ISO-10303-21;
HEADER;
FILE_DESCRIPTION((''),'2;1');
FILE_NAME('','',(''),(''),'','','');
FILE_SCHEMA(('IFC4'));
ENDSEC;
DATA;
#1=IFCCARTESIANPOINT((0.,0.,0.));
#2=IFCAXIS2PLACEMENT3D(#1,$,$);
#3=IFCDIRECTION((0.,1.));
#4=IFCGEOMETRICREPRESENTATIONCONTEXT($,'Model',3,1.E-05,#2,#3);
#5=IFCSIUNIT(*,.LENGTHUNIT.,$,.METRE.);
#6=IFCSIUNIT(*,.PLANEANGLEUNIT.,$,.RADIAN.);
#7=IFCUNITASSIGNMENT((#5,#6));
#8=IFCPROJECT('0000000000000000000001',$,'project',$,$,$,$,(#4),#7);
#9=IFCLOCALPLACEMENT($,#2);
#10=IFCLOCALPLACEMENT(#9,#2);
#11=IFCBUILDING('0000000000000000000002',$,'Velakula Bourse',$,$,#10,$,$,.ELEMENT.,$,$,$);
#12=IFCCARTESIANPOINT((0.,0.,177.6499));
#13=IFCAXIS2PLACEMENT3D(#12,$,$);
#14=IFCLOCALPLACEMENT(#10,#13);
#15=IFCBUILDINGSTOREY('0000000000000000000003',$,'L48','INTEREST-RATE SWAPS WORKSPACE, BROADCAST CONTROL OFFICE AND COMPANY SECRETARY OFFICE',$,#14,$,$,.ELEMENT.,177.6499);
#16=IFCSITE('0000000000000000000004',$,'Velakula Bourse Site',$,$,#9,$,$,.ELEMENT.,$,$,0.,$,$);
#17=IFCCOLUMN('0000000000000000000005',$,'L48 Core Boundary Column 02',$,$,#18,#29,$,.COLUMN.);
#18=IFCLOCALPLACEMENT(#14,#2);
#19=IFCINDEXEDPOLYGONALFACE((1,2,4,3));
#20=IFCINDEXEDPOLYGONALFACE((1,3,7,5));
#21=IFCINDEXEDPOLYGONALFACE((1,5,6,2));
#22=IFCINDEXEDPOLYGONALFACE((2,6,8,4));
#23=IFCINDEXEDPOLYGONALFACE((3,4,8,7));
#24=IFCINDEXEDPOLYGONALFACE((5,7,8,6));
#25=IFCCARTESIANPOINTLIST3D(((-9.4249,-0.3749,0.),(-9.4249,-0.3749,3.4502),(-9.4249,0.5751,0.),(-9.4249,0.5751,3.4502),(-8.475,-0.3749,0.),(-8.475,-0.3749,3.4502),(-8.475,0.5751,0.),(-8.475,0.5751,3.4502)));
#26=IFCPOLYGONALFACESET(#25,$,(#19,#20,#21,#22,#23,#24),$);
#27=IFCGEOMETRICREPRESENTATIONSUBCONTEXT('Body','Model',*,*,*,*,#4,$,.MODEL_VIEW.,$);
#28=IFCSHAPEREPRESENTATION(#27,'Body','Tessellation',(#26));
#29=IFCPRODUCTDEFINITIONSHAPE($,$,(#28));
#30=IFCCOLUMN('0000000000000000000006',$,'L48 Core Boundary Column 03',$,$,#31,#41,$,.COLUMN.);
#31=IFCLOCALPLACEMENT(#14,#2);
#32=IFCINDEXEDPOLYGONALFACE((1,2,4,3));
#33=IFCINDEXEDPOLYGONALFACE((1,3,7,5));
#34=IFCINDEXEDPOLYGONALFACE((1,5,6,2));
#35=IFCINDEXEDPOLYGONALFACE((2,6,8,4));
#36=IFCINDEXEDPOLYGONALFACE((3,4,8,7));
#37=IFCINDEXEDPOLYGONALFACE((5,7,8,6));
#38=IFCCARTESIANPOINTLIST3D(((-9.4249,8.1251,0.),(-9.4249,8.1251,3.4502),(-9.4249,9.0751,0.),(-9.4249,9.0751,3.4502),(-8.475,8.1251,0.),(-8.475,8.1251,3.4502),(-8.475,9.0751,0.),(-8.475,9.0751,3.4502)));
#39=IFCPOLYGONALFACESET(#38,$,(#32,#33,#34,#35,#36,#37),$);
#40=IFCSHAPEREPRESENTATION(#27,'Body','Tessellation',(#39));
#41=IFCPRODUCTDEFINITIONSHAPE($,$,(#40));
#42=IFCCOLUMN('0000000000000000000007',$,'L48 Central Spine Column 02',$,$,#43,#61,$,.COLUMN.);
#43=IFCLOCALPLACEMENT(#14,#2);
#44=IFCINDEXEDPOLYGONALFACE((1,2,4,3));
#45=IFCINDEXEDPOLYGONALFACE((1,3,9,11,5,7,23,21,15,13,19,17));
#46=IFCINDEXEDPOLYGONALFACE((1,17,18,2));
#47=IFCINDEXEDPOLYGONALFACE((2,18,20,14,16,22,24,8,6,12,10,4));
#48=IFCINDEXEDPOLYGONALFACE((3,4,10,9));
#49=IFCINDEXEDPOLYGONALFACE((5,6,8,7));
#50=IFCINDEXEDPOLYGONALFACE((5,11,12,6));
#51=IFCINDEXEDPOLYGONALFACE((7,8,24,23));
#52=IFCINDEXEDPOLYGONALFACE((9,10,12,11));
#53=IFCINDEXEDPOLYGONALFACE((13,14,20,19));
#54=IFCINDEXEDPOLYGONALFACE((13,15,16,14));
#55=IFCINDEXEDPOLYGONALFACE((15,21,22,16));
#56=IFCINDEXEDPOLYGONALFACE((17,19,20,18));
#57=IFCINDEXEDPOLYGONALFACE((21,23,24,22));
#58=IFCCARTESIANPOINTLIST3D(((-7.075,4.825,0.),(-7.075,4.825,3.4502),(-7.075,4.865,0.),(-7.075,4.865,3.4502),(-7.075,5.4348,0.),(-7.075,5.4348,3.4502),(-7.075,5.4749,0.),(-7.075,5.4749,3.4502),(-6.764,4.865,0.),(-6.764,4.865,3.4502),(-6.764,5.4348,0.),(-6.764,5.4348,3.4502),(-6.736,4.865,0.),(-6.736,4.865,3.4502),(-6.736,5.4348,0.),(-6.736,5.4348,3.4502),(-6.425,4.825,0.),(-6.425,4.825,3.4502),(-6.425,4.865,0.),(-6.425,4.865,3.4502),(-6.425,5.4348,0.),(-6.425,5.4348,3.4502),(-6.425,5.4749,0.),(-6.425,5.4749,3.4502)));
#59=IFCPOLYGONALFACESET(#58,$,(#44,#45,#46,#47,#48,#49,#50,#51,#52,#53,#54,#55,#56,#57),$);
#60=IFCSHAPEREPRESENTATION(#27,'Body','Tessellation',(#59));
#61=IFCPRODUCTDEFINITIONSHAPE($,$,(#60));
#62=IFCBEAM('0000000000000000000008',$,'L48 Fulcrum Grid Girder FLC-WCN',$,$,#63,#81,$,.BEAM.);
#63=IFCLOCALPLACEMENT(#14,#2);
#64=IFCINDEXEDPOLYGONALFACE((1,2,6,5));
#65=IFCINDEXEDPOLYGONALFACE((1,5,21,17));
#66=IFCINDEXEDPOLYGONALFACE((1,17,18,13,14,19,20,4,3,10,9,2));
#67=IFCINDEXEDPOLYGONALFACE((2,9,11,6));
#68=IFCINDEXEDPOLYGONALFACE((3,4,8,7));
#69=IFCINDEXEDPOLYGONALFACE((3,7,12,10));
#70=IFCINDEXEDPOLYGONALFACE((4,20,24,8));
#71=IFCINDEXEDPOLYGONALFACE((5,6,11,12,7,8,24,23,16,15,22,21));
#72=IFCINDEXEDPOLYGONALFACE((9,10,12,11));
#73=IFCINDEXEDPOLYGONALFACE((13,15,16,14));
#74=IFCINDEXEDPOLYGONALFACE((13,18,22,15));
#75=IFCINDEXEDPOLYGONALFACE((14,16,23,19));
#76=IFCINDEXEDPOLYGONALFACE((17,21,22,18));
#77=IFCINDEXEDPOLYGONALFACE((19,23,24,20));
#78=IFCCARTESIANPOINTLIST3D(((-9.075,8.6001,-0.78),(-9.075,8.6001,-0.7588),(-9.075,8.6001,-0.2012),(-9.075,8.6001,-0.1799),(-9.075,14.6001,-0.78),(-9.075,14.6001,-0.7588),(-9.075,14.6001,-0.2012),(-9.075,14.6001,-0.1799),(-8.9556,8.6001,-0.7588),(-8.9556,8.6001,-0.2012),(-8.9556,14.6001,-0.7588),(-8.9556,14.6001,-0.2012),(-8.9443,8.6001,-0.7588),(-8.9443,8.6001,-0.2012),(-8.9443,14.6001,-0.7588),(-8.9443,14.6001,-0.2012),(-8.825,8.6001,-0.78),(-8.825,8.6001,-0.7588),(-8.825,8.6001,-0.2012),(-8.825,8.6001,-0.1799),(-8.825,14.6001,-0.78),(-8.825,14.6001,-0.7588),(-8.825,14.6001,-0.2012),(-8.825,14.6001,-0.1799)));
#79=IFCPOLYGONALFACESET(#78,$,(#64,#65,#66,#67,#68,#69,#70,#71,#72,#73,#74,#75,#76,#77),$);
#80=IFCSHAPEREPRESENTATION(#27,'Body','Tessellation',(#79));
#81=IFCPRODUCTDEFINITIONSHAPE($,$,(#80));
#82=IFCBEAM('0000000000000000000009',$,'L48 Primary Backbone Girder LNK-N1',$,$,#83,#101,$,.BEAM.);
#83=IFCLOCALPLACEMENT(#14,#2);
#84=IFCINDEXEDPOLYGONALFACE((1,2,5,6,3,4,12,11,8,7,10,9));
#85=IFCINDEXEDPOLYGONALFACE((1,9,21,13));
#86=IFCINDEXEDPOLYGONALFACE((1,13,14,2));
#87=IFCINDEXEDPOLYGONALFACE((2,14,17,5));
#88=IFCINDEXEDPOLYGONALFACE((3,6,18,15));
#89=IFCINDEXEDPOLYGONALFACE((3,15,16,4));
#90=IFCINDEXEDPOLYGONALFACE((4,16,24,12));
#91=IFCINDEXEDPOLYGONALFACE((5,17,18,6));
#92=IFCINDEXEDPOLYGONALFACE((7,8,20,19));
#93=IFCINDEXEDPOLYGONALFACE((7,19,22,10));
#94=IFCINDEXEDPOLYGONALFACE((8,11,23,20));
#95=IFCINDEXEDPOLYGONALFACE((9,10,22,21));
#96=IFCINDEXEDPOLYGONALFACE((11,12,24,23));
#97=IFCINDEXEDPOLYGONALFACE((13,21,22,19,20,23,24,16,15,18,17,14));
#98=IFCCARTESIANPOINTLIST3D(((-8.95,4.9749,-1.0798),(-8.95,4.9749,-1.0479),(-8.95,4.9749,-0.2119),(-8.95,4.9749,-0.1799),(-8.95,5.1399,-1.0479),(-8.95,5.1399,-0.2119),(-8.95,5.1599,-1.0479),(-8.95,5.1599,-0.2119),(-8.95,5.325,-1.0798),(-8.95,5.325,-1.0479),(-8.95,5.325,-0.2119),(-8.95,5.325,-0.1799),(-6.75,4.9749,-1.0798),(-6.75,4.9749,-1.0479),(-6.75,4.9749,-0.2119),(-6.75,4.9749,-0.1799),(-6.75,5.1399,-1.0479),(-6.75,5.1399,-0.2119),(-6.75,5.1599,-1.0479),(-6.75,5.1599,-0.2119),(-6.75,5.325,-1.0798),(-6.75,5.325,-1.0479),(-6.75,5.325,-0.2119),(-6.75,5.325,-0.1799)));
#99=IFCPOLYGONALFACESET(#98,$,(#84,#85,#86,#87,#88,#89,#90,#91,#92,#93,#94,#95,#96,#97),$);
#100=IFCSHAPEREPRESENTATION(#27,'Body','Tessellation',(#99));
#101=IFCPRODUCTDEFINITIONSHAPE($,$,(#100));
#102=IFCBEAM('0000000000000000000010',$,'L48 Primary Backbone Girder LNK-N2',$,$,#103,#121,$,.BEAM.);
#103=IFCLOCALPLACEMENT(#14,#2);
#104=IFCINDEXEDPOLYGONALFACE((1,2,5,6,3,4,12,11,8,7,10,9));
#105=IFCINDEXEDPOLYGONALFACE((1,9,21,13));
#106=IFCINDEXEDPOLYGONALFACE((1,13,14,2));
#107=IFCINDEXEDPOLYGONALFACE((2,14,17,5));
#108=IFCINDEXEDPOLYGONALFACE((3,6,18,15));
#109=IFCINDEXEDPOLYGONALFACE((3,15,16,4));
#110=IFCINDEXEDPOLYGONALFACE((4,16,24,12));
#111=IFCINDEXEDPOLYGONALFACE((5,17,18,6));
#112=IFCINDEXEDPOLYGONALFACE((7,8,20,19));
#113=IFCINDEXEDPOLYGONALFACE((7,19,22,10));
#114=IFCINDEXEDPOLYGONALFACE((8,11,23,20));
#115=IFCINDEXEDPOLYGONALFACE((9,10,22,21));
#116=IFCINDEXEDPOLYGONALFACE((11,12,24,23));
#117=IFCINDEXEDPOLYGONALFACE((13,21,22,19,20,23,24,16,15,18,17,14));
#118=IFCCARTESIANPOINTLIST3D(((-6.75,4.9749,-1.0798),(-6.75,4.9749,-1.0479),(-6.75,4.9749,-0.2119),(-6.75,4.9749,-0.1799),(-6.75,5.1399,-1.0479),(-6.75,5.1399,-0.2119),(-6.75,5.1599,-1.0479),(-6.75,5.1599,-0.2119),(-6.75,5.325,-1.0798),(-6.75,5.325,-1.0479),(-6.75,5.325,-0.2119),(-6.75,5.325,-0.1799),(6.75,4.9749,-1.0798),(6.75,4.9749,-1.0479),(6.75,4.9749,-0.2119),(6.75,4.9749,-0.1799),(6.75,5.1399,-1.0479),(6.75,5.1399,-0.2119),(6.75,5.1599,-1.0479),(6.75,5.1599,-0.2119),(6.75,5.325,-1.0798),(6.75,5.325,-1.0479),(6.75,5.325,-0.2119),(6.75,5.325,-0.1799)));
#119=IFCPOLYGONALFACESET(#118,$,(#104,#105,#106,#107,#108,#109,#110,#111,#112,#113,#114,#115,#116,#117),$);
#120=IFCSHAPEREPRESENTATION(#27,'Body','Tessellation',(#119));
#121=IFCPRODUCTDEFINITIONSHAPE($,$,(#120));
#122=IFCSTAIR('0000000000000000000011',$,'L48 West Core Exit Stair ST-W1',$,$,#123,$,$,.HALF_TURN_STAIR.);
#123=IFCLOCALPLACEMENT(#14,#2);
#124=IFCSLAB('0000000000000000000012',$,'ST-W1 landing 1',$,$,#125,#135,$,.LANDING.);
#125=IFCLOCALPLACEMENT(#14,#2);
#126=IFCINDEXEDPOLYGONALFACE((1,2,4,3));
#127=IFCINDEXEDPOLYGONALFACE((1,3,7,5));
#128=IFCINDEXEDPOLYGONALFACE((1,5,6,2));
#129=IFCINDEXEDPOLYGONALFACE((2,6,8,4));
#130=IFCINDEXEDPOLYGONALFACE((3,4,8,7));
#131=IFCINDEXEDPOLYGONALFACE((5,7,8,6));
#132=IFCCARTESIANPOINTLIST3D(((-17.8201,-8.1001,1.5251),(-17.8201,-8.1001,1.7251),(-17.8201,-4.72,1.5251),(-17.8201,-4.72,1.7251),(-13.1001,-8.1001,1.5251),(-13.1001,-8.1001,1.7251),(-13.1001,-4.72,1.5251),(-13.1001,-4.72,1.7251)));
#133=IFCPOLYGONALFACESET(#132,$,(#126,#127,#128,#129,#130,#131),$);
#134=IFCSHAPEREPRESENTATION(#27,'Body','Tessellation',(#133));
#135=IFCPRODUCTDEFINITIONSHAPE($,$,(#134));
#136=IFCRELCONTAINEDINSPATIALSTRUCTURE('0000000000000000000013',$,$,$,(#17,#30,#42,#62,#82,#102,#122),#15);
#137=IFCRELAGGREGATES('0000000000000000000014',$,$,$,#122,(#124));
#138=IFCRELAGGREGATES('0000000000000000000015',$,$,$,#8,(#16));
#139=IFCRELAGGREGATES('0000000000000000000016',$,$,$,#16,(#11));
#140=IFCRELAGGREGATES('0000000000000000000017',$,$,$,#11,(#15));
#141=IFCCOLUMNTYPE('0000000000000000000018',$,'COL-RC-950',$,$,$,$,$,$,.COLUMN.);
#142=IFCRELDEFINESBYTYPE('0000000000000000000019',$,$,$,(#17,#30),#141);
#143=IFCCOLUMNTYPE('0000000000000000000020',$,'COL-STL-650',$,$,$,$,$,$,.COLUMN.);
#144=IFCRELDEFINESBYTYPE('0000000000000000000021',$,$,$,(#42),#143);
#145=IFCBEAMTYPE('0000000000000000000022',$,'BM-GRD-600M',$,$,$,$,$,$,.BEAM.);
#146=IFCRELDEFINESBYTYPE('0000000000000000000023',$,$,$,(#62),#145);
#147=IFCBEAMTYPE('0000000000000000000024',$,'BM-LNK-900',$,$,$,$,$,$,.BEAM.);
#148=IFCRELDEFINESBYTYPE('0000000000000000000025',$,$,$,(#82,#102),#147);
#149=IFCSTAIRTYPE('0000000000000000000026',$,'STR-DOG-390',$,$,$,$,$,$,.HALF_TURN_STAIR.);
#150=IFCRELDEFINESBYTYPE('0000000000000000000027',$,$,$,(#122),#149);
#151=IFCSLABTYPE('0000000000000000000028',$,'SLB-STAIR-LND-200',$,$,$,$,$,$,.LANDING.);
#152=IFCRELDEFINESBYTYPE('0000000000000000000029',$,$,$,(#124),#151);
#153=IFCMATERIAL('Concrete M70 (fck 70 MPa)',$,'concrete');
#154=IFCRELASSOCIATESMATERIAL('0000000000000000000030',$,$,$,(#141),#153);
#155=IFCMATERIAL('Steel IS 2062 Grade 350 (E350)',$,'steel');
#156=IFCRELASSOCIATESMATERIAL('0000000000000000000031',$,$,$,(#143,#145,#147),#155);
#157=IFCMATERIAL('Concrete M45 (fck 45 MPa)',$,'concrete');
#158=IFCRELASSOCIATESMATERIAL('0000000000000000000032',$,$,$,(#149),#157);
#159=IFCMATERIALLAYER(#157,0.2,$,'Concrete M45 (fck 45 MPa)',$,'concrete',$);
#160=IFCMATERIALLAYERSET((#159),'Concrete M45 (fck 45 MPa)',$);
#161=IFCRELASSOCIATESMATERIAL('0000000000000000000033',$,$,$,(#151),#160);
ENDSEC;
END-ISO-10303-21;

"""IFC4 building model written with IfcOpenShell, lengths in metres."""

from ifc_helpers import new_model, si_unit, direction, frame, origin, origin_2d, place, context, subcontext, project, spatial, polyline, rectangle, i_section, outline, extrude, material, layer, layer_set, material_profile, profile_set, type_object, element, aggregate, save


model = new_model("IFC4")

# Units and contexts
model_context = context("Model", 3, precision=1e-05, world=origin(), true_north=direction((0.0, 1.0)))
body_context = subcontext(model_context, "Body", "Model", "MODEL_VIEW")
ifc_project = project(units=[si_unit("LENGTHUNIT", "METRE"), si_unit("PLANEANGLEUNIT", "RADIAN")], contexts=[model_context])

# Site, building, storey
site_placement = place(None, origin())
site = spatial("IfcSite", under=ifc_project, at=site_placement, Name="Velakula Bourse Site", CompositionType="ELEMENT", RefElevation=0.0)
building_placement = place(site_placement, origin())
building = spatial("IfcBuilding", under=site, at=building_placement, Name="Velakula Bourse", CompositionType="ELEMENT")
storey_placement = place(building_placement, frame((0.0, 0.0, 177.6499)))
storey = spatial("IfcBuildingStorey", under=building, at=storey_placement, Name="L48", Description="INTEREST-RATE SWAPS WORKSPACE, BROADCAST CONTROL OFFICE AND COMPANY SECRETARY OFFICE", CompositionType="ELEMENT", Elevation=177.6499)

# Columns
ifc_material_1 = material(Name="Concrete M70 (fck 70 MPa)", Category="concrete")
ifc_material_profile_1 = material_profile(ifc_material_1, rectangle(XDim=0.95, YDim=0.95, at=origin_2d()), Name="Concrete M70 (fck 70 MPa)")
ifc_profile_set_1 = profile_set([ifc_material_profile_1], Name="Concrete M70 (fck 70 MPa)")
column_type_1 = type_object("IfcColumnType", Name="COL-RC-950", PredefinedType="COLUMN", material=ifc_profile_set_1)
for number, where, z_axis, x_axis, name in (
    (1, (-8.95, 0.1001, 0.0), (0.0, 0.0, 1.0), (1.0, 0.0, 0.0), "L48 Core Boundary Column 02"),
    (2, (-8.95, 8.6001, 0.0), (0.0, 0.0, 1.0), (1.0, 0.0, 0.0), "L48 Core Boundary Column 03"),
):
    element("IfcColumn", number, at=place(storey_placement, frame(where, z_axis=z_axis, x_axis=x_axis)), inside=storey, type_object=column_type_1, Name=name, PredefinedType="COLUMN", context=body_context, shape_type="SweptSolid", body=[
        extrude(rectangle(XDim=0.95, YDim=0.95, at=origin_2d()), origin(), (0.0, 0.0, 1.0), 3.4502),
    ])
ifc_material_2 = material(Name="Steel IS 2062 Grade 350 (E350)", Category="steel")
ifc_material_profile_2 = material_profile(ifc_material_2, i_section(OverallWidth=0.6499, OverallDepth=0.6499, WebThickness=0.0281, FlangeThickness=0.04, at=origin_2d()), Name="Steel IS 2062 Grade 350 (E350)")
ifc_profile_set_2 = profile_set([ifc_material_profile_2], Name="Steel IS 2062 Grade 350 (E350)")
column_type_2 = type_object("IfcColumnType", Name="COL-STL-650", PredefinedType="COLUMN", material=ifc_profile_set_2)
column_placement = place(storey_placement, frame((-6.75, 5.1499, 0.0), z_axis=(0.0, 0.0, 1.0), x_axis=(1.0, 0.0, 0.0)))
element("IfcColumn", 3, at=column_placement, inside=storey, type_object=column_type_2, Name="L48 Central Spine Column 02", PredefinedType="COLUMN", context=body_context, shape_type="SweptSolid", body=[
    extrude(i_section(OverallWidth=0.6499, OverallDepth=0.6499, WebThickness=0.0281, FlangeThickness=0.04, at=origin_2d()), origin(), (0.0, 0.0, 1.0), 3.4502),
])

# Beams
ifc_material_profile_3 = material_profile(ifc_material_2, i_section(OverallWidth=0.25, OverallDepth=0.6001, WebThickness=0.0112, FlangeThickness=0.0212, at=origin_2d()), Name="Steel IS 2062 Grade 350 (E350)")
ifc_profile_set_3 = profile_set([ifc_material_profile_3], Name="Steel IS 2062 Grade 350 (E350)")
beam_type_1 = type_object("IfcBeamType", Name="BM-GRD-600M", PredefinedType="BEAM", material=ifc_profile_set_3)
beam_1_placement = place(storey_placement, frame((-8.95, 8.6001, -0.48), z_axis=(0.0, 1.0, 0.0), x_axis=(-1.0, 0.0, 0.0)))
element("IfcBeam", 4, at=beam_1_placement, inside=storey, type_object=beam_type_1, Name="L48 Fulcrum Grid Girder FLC-WCN", PredefinedType="BEAM", context=body_context, shape_type="SweptSolid", body=[
    extrude(i_section(OverallWidth=0.25, OverallDepth=0.6001, WebThickness=0.0112, FlangeThickness=0.0212, at=origin_2d()), origin(), (0.0, 0.0, 1.0), 6.0),
])
ifc_material_profile_4 = material_profile(ifc_material_2, i_section(OverallWidth=0.3501, OverallDepth=0.8999, WebThickness=0.02, FlangeThickness=0.032, at=origin_2d()), Name="Steel IS 2062 Grade 350 (E350)")
ifc_profile_set_4 = profile_set([ifc_material_profile_4], Name="Steel IS 2062 Grade 350 (E350)")
beam_type_2 = type_object("IfcBeamType", Name="BM-LNK-900", PredefinedType="BEAM", material=ifc_profile_set_4)
beam_2_placement = place(storey_placement, frame((-8.95, 5.1499, -0.6299), z_axis=(1.0, 0.0, 0.0), x_axis=(0.0, 1.0, 0.0)))
element("IfcBeam", 5, at=beam_2_placement, inside=storey, type_object=beam_type_2, Name="L48 Primary Backbone Girder LNK-N1", PredefinedType="BEAM", context=body_context, shape_type="SweptSolid", body=[
    extrude(i_section(OverallWidth=0.3501, OverallDepth=0.8999, WebThickness=0.02, FlangeThickness=0.032, at=origin_2d()), origin(), (0.0, 0.0, 1.0), 2.2),
])
beam_3_placement = place(storey_placement, frame((-6.75, 5.1499, -0.6299), z_axis=(1.0, 0.0, 0.0), x_axis=(0.0, 1.0, 0.0)))
element("IfcBeam", 6, at=beam_3_placement, inside=storey, type_object=beam_type_2, Name="L48 Primary Backbone Girder LNK-N2", PredefinedType="BEAM", context=body_context, shape_type="SweptSolid", body=[
    extrude(i_section(OverallWidth=0.3501, OverallDepth=0.8999, WebThickness=0.02, FlangeThickness=0.032, at=origin_2d()), origin(), (0.0, 0.0, 1.0), 13.5),
])

# Stair, slab
ifc_material_3 = material(Name="Concrete M45 (fck 45 MPa)", Category="concrete")
stair_type = type_object("IfcStairType", Name="STR-DOG-390", PredefinedType="HALF_TURN_STAIR", material=ifc_material_3)
stair_placement = place(storey_placement, origin())
stair = element("IfcStair", 7, at=stair_placement, inside=storey, type_object=stair_type, Name="L48 West Core Exit Stair ST-W1", PredefinedType="HALF_TURN_STAIR")
ifc_layer_1 = layer(ifc_material_3, 0.2, Name="Concrete M45 (fck 45 MPa)", Category="concrete")
ifc_layer_set_1 = layer_set([ifc_layer_1], Name="Concrete M45 (fck 45 MPa)")
slab_type_1 = type_object("IfcSlabType", Name="SLB-STAIR-LND-200", PredefinedType="LANDING", material=ifc_layer_set_1)
slab_1_placement = place(storey_placement, frame((0.0, 0.0, 1.5251)))
slab_1 = element("IfcSlab", 8, at=slab_1_placement, type_object=slab_type_1, Name="ST-W1 landing 1", PredefinedType="LANDING", context=body_context, shape_type="SweptSolid", body=[
    extrude(outline(polyline([(-17.8201, -4.72), (-17.8201, -8.1001), (-13.1001, -8.1001), (-13.1001, -4.72), (-17.8201, -4.72)])), origin(), (0.0, 0.0, 1.0), 0.2),
])
aggregate(stair, [slab_1])

save(model, "model.ifc")
